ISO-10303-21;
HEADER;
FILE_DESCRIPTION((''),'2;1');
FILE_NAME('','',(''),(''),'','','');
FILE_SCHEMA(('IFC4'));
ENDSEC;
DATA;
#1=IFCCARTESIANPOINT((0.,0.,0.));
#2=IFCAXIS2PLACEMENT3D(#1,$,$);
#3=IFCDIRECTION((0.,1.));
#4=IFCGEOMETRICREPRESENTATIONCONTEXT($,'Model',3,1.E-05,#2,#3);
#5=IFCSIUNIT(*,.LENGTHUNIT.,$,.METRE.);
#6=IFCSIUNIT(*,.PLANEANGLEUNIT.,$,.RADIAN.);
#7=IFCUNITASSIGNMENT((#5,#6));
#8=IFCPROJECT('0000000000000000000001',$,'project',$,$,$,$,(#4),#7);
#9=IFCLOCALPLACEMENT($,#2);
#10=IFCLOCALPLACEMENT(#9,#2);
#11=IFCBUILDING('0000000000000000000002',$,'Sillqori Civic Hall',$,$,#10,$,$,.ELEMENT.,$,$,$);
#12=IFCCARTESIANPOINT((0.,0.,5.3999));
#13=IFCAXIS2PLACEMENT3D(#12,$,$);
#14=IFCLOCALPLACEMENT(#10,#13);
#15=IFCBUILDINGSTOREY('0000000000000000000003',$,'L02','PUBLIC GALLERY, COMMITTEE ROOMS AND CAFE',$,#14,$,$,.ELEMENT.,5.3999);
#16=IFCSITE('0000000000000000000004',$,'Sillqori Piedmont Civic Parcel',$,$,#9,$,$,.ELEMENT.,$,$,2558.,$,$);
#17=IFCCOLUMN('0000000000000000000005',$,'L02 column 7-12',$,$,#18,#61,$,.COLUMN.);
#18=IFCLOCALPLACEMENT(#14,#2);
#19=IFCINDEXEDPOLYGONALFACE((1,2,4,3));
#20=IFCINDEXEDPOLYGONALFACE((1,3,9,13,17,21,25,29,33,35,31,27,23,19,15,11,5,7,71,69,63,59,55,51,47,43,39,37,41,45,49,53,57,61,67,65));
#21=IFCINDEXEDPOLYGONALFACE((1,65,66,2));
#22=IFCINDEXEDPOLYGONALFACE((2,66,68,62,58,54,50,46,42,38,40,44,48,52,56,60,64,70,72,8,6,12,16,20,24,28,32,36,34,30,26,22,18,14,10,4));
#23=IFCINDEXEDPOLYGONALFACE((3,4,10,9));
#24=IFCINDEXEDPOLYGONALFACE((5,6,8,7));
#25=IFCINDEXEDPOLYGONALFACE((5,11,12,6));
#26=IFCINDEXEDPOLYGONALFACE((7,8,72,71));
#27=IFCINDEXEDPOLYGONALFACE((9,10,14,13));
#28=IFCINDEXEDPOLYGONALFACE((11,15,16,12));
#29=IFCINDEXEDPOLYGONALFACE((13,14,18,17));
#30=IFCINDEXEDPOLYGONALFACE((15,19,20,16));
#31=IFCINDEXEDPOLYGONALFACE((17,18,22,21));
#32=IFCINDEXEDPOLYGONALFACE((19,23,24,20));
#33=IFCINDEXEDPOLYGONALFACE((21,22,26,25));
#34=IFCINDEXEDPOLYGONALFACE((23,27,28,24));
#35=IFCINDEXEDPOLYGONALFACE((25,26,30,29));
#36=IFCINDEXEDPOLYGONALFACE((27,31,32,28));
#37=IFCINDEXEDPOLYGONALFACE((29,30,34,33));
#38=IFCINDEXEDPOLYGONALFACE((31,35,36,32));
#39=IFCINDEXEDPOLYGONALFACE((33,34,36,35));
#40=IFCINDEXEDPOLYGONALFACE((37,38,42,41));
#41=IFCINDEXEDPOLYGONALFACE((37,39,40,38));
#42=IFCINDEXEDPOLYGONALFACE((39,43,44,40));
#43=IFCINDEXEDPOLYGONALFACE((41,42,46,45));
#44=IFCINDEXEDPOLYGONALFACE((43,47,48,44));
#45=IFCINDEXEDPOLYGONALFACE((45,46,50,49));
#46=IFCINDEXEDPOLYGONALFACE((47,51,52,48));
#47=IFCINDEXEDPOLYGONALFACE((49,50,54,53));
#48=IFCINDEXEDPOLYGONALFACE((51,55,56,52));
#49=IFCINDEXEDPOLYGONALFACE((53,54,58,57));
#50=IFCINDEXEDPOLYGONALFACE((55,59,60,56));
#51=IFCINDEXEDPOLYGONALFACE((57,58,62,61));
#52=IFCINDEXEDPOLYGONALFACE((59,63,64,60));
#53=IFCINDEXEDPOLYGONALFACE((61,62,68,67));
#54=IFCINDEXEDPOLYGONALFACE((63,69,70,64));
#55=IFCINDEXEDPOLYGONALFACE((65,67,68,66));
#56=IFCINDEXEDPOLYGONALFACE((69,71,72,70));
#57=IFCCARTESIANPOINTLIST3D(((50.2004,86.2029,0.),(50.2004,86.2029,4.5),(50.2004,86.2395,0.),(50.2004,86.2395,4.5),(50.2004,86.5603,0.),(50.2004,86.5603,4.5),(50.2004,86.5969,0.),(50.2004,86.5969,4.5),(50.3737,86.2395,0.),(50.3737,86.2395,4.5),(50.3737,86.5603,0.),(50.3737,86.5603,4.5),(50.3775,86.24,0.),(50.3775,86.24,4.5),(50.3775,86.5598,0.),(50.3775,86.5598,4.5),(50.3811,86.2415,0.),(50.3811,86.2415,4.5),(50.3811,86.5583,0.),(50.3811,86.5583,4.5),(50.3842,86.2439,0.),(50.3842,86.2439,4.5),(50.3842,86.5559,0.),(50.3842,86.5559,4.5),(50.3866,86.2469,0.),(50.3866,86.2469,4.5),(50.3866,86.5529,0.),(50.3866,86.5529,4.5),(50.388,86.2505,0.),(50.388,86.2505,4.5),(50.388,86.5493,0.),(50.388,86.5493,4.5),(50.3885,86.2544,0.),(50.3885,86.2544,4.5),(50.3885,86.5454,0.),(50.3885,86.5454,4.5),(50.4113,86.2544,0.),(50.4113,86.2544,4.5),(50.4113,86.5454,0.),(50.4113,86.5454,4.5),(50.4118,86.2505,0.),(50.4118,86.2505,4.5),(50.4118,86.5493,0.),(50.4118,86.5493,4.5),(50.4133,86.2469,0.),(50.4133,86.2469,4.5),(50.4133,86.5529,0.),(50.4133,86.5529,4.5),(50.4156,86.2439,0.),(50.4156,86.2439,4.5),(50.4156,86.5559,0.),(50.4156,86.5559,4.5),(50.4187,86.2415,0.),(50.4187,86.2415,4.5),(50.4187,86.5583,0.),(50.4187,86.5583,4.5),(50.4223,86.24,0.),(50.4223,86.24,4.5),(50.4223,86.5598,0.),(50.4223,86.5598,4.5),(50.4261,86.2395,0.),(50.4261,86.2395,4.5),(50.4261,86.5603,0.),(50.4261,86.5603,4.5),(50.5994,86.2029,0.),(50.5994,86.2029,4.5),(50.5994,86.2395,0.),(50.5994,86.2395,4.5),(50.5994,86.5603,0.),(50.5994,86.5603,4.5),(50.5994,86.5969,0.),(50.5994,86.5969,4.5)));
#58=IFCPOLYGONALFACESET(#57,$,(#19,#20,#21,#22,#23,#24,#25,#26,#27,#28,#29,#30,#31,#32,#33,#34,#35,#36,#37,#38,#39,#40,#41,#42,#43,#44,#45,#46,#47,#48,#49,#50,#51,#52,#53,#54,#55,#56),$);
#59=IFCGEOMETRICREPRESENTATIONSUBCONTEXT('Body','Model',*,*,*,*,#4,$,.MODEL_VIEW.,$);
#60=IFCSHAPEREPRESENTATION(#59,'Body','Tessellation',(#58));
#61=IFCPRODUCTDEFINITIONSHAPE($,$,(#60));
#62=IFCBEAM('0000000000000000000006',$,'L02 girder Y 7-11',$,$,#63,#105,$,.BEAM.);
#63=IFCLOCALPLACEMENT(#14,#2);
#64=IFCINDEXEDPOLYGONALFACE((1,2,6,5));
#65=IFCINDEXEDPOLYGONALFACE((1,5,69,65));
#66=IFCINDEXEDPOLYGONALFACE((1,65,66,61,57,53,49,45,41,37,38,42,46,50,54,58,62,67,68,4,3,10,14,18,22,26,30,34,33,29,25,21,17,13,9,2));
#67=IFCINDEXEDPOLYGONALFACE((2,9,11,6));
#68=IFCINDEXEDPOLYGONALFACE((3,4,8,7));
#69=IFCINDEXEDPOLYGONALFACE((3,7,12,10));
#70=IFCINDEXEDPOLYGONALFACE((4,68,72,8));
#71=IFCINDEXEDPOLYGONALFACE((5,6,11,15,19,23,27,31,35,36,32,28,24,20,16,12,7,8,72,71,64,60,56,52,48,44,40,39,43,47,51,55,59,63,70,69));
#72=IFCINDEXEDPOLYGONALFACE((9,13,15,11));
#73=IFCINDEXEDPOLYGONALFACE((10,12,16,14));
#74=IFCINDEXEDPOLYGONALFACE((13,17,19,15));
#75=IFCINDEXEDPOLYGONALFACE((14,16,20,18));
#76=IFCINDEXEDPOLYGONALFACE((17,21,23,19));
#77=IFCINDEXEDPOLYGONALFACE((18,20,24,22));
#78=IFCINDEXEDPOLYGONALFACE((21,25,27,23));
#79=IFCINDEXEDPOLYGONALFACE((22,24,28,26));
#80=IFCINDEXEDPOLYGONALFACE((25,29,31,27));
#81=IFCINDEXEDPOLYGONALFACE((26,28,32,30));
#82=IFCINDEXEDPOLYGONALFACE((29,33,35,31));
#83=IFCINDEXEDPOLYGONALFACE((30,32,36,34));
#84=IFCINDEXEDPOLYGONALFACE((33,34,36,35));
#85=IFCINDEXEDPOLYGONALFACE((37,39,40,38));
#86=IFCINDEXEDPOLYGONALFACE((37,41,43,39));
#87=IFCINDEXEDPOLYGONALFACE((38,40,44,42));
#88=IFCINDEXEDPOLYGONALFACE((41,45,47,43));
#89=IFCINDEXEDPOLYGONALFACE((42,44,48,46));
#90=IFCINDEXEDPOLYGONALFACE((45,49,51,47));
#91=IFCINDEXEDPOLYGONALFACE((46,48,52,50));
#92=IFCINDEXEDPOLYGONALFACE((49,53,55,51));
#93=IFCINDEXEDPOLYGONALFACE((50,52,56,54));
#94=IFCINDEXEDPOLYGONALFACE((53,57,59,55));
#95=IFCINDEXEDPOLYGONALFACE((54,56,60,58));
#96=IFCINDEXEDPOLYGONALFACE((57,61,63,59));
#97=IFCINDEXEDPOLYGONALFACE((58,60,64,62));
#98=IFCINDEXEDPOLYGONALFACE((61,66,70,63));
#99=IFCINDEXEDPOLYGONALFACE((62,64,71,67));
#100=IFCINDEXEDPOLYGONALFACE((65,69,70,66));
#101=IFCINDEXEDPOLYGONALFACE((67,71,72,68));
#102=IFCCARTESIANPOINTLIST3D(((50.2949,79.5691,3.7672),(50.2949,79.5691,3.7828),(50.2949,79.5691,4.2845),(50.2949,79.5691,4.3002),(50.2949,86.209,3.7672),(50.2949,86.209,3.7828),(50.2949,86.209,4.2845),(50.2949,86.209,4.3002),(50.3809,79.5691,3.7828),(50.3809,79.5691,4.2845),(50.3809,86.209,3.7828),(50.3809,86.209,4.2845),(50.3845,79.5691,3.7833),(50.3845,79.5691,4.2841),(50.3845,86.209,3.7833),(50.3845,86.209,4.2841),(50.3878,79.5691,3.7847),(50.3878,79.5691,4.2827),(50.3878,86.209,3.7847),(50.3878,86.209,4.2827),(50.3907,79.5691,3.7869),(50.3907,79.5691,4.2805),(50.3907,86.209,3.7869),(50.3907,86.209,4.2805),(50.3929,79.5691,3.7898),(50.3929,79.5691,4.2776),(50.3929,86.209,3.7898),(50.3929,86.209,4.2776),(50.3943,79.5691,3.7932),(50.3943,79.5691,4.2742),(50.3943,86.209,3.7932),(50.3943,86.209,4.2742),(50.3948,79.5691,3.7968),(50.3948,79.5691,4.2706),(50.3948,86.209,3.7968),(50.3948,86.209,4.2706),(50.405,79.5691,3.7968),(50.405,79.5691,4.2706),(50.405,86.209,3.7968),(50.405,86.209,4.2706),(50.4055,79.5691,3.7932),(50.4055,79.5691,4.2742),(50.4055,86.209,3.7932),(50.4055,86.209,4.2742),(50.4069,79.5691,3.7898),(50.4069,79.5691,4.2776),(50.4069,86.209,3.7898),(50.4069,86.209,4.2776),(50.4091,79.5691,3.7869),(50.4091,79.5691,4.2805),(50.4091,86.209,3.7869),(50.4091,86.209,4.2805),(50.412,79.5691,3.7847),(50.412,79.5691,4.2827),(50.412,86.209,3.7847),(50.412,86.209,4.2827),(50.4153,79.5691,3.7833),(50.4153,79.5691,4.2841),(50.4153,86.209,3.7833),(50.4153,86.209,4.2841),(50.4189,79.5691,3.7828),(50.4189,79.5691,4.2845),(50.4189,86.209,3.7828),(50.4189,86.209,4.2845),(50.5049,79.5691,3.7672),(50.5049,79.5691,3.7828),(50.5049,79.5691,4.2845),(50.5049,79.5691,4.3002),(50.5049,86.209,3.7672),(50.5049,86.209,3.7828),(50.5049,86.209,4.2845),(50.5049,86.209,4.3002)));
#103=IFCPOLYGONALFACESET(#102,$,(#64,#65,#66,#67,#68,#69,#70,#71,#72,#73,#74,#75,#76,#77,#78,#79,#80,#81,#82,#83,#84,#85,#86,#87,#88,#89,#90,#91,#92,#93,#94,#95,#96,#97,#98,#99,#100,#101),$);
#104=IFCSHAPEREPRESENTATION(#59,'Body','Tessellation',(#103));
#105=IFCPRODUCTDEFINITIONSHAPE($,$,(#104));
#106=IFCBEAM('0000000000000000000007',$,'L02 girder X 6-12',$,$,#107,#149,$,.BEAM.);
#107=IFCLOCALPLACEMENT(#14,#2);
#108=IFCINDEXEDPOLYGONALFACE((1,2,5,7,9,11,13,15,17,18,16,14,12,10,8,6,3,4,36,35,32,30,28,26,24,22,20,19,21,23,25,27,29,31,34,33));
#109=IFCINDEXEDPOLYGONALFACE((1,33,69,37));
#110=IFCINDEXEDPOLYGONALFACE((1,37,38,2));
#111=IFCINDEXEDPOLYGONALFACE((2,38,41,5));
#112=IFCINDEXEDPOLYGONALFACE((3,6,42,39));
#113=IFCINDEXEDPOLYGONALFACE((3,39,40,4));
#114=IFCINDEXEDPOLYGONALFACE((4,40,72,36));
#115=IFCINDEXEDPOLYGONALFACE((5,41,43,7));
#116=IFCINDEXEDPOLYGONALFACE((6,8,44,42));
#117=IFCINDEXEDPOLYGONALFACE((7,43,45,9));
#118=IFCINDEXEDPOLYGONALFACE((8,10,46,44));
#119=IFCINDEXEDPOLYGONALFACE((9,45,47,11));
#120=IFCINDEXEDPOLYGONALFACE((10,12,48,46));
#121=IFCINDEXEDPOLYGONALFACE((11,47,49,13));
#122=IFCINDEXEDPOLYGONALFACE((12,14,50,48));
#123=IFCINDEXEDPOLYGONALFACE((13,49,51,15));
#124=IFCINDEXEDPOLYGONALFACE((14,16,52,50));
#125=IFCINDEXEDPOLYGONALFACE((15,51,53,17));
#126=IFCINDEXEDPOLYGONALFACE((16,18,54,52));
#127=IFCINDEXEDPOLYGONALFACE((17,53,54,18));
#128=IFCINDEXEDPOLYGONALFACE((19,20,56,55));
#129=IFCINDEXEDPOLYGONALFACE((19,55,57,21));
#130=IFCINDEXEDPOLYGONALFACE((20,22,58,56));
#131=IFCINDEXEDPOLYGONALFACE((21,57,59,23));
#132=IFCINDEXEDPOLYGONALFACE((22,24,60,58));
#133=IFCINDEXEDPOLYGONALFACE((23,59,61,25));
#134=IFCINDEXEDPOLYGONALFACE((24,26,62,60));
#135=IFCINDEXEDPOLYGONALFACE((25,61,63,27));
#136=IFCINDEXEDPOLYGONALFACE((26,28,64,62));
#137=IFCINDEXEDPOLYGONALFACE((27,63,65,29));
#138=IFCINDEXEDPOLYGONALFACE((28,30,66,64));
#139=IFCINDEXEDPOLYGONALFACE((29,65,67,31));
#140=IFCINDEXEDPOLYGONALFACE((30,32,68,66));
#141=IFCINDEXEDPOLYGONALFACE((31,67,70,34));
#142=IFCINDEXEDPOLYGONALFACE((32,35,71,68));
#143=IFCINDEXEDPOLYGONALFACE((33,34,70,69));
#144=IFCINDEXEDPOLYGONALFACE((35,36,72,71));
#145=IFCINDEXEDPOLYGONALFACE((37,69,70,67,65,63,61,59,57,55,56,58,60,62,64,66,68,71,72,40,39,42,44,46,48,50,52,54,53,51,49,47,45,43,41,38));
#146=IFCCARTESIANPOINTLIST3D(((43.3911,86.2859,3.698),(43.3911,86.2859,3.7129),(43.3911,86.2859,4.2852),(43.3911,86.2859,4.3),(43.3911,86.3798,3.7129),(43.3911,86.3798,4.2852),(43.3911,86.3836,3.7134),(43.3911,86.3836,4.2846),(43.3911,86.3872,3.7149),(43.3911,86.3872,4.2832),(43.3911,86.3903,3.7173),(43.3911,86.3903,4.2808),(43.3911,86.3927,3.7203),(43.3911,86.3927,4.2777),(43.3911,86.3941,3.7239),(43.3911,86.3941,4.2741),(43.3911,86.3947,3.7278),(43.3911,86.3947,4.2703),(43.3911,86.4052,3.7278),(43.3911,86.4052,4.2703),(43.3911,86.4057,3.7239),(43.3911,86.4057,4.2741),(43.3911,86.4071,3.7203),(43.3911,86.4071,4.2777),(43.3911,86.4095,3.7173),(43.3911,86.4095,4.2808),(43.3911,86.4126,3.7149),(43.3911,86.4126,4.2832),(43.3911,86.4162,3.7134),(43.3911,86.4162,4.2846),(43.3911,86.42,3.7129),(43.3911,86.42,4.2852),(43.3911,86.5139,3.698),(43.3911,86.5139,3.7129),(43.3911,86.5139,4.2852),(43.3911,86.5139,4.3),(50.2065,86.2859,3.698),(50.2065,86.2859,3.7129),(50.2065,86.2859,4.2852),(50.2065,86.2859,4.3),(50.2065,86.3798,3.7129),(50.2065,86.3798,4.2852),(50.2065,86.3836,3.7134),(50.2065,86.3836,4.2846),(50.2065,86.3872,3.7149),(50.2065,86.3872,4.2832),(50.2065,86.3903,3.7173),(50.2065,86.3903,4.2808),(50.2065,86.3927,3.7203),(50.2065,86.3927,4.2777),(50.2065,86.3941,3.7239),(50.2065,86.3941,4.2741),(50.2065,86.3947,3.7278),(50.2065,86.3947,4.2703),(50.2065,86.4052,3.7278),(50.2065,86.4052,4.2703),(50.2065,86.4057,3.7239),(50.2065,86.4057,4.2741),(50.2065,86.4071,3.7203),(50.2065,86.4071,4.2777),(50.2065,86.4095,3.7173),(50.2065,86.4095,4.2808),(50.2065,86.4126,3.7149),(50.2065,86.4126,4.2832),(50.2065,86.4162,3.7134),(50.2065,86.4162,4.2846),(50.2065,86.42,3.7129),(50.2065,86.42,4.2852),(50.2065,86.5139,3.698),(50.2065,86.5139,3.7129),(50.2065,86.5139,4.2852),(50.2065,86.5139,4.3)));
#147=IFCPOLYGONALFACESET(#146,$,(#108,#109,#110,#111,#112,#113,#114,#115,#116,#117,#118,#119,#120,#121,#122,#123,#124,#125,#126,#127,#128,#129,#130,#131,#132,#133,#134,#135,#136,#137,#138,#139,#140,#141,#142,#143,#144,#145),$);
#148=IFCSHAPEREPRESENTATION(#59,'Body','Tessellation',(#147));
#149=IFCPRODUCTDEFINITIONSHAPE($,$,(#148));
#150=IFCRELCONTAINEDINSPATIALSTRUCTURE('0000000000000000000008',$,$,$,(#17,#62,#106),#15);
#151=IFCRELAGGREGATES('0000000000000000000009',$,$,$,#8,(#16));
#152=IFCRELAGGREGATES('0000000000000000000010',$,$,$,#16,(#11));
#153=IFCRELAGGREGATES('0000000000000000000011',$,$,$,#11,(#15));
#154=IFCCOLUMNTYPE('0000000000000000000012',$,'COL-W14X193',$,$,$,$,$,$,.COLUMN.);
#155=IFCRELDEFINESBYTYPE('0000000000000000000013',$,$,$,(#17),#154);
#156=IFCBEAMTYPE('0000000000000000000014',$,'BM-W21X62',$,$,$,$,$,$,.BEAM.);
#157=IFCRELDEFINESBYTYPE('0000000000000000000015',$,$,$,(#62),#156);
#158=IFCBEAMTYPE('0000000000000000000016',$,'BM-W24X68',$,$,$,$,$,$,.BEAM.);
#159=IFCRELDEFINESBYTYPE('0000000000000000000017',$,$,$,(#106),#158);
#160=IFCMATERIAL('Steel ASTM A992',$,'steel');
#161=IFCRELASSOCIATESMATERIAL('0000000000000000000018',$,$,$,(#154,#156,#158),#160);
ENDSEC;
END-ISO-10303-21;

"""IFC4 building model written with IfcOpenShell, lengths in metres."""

from ifc_helpers import new_model, si_unit, direction, frame, origin, origin_2d, place, context, subcontext, project, spatial, i_section, extrude, material, material_profile, profile_set, type_object, element, save


model = new_model("IFC4")

# Units and contexts
model_context = context("Model", 3, precision=1e-05, world=origin(), true_north=direction((0.0, 1.0)))
body_context = subcontext(model_context, "Body", "Model", "MODEL_VIEW")
ifc_project = project(units=[si_unit("LENGTHUNIT", "METRE"), si_unit("PLANEANGLEUNIT", "RADIAN")], contexts=[model_context])

# Site, building, storey
site_placement = place(None, origin())
site = spatial("IfcSite", under=ifc_project, at=site_placement, Name="Sillqori Piedmont Civic Parcel", CompositionType="ELEMENT", RefElevation=2558.0)
building_placement = place(site_placement, origin())
building = spatial("IfcBuilding", under=site, at=building_placement, Name="Sillqori Civic Hall", CompositionType="ELEMENT")
storey_placement = place(building_placement, frame((0.0, 0.0, 5.3999)))
storey = spatial("IfcBuildingStorey", under=building, at=storey_placement, Name="L02", Description="PUBLIC GALLERY, COMMITTEE ROOMS AND CAFE", CompositionType="ELEMENT", Elevation=5.3999)

# Column
ifc_material_1 = material(Name="Steel ASTM A992", Category="steel")
ifc_material_profile_1 = material_profile(ifc_material_1, i_section(OverallWidth=0.3989, OverallDepth=0.394, WebThickness=0.0227, FlangeThickness=0.0366, FilletRadius=0.0149, at=origin_2d()), Name="W14X193")
ifc_profile_set_1 = profile_set([ifc_material_profile_1], Name="Steel ASTM A992")
column_type = type_object("IfcColumnType", Name="COL-W14X193", PredefinedType="COLUMN", material=ifc_profile_set_1)
column_placement = place(storey_placement, frame((50.3999, 86.3999, 0.0), z_axis=(0.0, 0.0, 1.0), x_axis=(1.0, 0.0, 0.0)))
element("IfcColumn", 1, at=column_placement, inside=storey, type_object=column_type, Name="L02 column 7-12", PredefinedType="COLUMN", context=body_context, shape_type="SweptSolid", body=[
    extrude(i_section(OverallWidth=0.3989, OverallDepth=0.394, WebThickness=0.0227, FlangeThickness=0.0366, FilletRadius=0.0149, at=origin_2d()), origin(), (0.0, 0.0, 1.0), 4.5),
])

# Beams
ifc_material_profile_2 = material_profile(ifc_material_1, i_section(OverallWidth=0.21, OverallDepth=0.533, WebThickness=0.0103, FlangeThickness=0.0156, FilletRadius=0.0139, at=origin_2d()), Name="W21X62")
ifc_profile_set_2 = profile_set([ifc_material_profile_2], Name="Steel ASTM A992")
beam_type_1 = type_object("IfcBeamType", Name="BM-W21X62", PredefinedType="BEAM", material=ifc_profile_set_2)
beam_1_placement = place(storey_placement, frame((50.3999, 79.5691, 4.0337), z_axis=(0.0, 1.0, 0.0), x_axis=(-1.0, 0.0, 0.0)))
element("IfcBeam", 2, at=beam_1_placement, inside=storey, type_object=beam_type_1, Name="L02 girder Y 7-11", PredefinedType="BEAM", context=body_context, shape_type="SweptSolid", body=[
    extrude(i_section(OverallWidth=0.21, OverallDepth=0.533, WebThickness=0.0103, FlangeThickness=0.0156, FilletRadius=0.0139, at=origin_2d()), origin(), (0.0, 0.0, 1.0), 6.6399),
])
ifc_material_profile_3 = material_profile(ifc_material_1, i_section(OverallWidth=0.228, OverallDepth=0.6021, WebThickness=0.0105, FlangeThickness=0.0149, FilletRadius=0.0149, at=origin_2d()), Name="W24X68")
ifc_profile_set_3 = profile_set([ifc_material_profile_3], Name="Steel ASTM A992")
beam_type_2 = type_object("IfcBeamType", Name="BM-W24X68", PredefinedType="BEAM", material=ifc_profile_set_3)
beam_2_placement = place(storey_placement, frame((43.3911, 86.3999, 3.999), z_axis=(1.0, 0.0, 0.0), x_axis=(0.0, 1.0, 0.0)))
element("IfcBeam", 3, at=beam_2_placement, inside=storey, type_object=beam_type_2, Name="L02 girder X 6-12", PredefinedType="BEAM", context=body_context, shape_type="SweptSolid", body=[
    extrude(i_section(OverallWidth=0.228, OverallDepth=0.6021, WebThickness=0.0105, FlangeThickness=0.0149, FilletRadius=0.0149, at=origin_2d()), origin(), (0.0, 0.0, 1.0), 6.8154),
])

save(model, "model.ifc")
